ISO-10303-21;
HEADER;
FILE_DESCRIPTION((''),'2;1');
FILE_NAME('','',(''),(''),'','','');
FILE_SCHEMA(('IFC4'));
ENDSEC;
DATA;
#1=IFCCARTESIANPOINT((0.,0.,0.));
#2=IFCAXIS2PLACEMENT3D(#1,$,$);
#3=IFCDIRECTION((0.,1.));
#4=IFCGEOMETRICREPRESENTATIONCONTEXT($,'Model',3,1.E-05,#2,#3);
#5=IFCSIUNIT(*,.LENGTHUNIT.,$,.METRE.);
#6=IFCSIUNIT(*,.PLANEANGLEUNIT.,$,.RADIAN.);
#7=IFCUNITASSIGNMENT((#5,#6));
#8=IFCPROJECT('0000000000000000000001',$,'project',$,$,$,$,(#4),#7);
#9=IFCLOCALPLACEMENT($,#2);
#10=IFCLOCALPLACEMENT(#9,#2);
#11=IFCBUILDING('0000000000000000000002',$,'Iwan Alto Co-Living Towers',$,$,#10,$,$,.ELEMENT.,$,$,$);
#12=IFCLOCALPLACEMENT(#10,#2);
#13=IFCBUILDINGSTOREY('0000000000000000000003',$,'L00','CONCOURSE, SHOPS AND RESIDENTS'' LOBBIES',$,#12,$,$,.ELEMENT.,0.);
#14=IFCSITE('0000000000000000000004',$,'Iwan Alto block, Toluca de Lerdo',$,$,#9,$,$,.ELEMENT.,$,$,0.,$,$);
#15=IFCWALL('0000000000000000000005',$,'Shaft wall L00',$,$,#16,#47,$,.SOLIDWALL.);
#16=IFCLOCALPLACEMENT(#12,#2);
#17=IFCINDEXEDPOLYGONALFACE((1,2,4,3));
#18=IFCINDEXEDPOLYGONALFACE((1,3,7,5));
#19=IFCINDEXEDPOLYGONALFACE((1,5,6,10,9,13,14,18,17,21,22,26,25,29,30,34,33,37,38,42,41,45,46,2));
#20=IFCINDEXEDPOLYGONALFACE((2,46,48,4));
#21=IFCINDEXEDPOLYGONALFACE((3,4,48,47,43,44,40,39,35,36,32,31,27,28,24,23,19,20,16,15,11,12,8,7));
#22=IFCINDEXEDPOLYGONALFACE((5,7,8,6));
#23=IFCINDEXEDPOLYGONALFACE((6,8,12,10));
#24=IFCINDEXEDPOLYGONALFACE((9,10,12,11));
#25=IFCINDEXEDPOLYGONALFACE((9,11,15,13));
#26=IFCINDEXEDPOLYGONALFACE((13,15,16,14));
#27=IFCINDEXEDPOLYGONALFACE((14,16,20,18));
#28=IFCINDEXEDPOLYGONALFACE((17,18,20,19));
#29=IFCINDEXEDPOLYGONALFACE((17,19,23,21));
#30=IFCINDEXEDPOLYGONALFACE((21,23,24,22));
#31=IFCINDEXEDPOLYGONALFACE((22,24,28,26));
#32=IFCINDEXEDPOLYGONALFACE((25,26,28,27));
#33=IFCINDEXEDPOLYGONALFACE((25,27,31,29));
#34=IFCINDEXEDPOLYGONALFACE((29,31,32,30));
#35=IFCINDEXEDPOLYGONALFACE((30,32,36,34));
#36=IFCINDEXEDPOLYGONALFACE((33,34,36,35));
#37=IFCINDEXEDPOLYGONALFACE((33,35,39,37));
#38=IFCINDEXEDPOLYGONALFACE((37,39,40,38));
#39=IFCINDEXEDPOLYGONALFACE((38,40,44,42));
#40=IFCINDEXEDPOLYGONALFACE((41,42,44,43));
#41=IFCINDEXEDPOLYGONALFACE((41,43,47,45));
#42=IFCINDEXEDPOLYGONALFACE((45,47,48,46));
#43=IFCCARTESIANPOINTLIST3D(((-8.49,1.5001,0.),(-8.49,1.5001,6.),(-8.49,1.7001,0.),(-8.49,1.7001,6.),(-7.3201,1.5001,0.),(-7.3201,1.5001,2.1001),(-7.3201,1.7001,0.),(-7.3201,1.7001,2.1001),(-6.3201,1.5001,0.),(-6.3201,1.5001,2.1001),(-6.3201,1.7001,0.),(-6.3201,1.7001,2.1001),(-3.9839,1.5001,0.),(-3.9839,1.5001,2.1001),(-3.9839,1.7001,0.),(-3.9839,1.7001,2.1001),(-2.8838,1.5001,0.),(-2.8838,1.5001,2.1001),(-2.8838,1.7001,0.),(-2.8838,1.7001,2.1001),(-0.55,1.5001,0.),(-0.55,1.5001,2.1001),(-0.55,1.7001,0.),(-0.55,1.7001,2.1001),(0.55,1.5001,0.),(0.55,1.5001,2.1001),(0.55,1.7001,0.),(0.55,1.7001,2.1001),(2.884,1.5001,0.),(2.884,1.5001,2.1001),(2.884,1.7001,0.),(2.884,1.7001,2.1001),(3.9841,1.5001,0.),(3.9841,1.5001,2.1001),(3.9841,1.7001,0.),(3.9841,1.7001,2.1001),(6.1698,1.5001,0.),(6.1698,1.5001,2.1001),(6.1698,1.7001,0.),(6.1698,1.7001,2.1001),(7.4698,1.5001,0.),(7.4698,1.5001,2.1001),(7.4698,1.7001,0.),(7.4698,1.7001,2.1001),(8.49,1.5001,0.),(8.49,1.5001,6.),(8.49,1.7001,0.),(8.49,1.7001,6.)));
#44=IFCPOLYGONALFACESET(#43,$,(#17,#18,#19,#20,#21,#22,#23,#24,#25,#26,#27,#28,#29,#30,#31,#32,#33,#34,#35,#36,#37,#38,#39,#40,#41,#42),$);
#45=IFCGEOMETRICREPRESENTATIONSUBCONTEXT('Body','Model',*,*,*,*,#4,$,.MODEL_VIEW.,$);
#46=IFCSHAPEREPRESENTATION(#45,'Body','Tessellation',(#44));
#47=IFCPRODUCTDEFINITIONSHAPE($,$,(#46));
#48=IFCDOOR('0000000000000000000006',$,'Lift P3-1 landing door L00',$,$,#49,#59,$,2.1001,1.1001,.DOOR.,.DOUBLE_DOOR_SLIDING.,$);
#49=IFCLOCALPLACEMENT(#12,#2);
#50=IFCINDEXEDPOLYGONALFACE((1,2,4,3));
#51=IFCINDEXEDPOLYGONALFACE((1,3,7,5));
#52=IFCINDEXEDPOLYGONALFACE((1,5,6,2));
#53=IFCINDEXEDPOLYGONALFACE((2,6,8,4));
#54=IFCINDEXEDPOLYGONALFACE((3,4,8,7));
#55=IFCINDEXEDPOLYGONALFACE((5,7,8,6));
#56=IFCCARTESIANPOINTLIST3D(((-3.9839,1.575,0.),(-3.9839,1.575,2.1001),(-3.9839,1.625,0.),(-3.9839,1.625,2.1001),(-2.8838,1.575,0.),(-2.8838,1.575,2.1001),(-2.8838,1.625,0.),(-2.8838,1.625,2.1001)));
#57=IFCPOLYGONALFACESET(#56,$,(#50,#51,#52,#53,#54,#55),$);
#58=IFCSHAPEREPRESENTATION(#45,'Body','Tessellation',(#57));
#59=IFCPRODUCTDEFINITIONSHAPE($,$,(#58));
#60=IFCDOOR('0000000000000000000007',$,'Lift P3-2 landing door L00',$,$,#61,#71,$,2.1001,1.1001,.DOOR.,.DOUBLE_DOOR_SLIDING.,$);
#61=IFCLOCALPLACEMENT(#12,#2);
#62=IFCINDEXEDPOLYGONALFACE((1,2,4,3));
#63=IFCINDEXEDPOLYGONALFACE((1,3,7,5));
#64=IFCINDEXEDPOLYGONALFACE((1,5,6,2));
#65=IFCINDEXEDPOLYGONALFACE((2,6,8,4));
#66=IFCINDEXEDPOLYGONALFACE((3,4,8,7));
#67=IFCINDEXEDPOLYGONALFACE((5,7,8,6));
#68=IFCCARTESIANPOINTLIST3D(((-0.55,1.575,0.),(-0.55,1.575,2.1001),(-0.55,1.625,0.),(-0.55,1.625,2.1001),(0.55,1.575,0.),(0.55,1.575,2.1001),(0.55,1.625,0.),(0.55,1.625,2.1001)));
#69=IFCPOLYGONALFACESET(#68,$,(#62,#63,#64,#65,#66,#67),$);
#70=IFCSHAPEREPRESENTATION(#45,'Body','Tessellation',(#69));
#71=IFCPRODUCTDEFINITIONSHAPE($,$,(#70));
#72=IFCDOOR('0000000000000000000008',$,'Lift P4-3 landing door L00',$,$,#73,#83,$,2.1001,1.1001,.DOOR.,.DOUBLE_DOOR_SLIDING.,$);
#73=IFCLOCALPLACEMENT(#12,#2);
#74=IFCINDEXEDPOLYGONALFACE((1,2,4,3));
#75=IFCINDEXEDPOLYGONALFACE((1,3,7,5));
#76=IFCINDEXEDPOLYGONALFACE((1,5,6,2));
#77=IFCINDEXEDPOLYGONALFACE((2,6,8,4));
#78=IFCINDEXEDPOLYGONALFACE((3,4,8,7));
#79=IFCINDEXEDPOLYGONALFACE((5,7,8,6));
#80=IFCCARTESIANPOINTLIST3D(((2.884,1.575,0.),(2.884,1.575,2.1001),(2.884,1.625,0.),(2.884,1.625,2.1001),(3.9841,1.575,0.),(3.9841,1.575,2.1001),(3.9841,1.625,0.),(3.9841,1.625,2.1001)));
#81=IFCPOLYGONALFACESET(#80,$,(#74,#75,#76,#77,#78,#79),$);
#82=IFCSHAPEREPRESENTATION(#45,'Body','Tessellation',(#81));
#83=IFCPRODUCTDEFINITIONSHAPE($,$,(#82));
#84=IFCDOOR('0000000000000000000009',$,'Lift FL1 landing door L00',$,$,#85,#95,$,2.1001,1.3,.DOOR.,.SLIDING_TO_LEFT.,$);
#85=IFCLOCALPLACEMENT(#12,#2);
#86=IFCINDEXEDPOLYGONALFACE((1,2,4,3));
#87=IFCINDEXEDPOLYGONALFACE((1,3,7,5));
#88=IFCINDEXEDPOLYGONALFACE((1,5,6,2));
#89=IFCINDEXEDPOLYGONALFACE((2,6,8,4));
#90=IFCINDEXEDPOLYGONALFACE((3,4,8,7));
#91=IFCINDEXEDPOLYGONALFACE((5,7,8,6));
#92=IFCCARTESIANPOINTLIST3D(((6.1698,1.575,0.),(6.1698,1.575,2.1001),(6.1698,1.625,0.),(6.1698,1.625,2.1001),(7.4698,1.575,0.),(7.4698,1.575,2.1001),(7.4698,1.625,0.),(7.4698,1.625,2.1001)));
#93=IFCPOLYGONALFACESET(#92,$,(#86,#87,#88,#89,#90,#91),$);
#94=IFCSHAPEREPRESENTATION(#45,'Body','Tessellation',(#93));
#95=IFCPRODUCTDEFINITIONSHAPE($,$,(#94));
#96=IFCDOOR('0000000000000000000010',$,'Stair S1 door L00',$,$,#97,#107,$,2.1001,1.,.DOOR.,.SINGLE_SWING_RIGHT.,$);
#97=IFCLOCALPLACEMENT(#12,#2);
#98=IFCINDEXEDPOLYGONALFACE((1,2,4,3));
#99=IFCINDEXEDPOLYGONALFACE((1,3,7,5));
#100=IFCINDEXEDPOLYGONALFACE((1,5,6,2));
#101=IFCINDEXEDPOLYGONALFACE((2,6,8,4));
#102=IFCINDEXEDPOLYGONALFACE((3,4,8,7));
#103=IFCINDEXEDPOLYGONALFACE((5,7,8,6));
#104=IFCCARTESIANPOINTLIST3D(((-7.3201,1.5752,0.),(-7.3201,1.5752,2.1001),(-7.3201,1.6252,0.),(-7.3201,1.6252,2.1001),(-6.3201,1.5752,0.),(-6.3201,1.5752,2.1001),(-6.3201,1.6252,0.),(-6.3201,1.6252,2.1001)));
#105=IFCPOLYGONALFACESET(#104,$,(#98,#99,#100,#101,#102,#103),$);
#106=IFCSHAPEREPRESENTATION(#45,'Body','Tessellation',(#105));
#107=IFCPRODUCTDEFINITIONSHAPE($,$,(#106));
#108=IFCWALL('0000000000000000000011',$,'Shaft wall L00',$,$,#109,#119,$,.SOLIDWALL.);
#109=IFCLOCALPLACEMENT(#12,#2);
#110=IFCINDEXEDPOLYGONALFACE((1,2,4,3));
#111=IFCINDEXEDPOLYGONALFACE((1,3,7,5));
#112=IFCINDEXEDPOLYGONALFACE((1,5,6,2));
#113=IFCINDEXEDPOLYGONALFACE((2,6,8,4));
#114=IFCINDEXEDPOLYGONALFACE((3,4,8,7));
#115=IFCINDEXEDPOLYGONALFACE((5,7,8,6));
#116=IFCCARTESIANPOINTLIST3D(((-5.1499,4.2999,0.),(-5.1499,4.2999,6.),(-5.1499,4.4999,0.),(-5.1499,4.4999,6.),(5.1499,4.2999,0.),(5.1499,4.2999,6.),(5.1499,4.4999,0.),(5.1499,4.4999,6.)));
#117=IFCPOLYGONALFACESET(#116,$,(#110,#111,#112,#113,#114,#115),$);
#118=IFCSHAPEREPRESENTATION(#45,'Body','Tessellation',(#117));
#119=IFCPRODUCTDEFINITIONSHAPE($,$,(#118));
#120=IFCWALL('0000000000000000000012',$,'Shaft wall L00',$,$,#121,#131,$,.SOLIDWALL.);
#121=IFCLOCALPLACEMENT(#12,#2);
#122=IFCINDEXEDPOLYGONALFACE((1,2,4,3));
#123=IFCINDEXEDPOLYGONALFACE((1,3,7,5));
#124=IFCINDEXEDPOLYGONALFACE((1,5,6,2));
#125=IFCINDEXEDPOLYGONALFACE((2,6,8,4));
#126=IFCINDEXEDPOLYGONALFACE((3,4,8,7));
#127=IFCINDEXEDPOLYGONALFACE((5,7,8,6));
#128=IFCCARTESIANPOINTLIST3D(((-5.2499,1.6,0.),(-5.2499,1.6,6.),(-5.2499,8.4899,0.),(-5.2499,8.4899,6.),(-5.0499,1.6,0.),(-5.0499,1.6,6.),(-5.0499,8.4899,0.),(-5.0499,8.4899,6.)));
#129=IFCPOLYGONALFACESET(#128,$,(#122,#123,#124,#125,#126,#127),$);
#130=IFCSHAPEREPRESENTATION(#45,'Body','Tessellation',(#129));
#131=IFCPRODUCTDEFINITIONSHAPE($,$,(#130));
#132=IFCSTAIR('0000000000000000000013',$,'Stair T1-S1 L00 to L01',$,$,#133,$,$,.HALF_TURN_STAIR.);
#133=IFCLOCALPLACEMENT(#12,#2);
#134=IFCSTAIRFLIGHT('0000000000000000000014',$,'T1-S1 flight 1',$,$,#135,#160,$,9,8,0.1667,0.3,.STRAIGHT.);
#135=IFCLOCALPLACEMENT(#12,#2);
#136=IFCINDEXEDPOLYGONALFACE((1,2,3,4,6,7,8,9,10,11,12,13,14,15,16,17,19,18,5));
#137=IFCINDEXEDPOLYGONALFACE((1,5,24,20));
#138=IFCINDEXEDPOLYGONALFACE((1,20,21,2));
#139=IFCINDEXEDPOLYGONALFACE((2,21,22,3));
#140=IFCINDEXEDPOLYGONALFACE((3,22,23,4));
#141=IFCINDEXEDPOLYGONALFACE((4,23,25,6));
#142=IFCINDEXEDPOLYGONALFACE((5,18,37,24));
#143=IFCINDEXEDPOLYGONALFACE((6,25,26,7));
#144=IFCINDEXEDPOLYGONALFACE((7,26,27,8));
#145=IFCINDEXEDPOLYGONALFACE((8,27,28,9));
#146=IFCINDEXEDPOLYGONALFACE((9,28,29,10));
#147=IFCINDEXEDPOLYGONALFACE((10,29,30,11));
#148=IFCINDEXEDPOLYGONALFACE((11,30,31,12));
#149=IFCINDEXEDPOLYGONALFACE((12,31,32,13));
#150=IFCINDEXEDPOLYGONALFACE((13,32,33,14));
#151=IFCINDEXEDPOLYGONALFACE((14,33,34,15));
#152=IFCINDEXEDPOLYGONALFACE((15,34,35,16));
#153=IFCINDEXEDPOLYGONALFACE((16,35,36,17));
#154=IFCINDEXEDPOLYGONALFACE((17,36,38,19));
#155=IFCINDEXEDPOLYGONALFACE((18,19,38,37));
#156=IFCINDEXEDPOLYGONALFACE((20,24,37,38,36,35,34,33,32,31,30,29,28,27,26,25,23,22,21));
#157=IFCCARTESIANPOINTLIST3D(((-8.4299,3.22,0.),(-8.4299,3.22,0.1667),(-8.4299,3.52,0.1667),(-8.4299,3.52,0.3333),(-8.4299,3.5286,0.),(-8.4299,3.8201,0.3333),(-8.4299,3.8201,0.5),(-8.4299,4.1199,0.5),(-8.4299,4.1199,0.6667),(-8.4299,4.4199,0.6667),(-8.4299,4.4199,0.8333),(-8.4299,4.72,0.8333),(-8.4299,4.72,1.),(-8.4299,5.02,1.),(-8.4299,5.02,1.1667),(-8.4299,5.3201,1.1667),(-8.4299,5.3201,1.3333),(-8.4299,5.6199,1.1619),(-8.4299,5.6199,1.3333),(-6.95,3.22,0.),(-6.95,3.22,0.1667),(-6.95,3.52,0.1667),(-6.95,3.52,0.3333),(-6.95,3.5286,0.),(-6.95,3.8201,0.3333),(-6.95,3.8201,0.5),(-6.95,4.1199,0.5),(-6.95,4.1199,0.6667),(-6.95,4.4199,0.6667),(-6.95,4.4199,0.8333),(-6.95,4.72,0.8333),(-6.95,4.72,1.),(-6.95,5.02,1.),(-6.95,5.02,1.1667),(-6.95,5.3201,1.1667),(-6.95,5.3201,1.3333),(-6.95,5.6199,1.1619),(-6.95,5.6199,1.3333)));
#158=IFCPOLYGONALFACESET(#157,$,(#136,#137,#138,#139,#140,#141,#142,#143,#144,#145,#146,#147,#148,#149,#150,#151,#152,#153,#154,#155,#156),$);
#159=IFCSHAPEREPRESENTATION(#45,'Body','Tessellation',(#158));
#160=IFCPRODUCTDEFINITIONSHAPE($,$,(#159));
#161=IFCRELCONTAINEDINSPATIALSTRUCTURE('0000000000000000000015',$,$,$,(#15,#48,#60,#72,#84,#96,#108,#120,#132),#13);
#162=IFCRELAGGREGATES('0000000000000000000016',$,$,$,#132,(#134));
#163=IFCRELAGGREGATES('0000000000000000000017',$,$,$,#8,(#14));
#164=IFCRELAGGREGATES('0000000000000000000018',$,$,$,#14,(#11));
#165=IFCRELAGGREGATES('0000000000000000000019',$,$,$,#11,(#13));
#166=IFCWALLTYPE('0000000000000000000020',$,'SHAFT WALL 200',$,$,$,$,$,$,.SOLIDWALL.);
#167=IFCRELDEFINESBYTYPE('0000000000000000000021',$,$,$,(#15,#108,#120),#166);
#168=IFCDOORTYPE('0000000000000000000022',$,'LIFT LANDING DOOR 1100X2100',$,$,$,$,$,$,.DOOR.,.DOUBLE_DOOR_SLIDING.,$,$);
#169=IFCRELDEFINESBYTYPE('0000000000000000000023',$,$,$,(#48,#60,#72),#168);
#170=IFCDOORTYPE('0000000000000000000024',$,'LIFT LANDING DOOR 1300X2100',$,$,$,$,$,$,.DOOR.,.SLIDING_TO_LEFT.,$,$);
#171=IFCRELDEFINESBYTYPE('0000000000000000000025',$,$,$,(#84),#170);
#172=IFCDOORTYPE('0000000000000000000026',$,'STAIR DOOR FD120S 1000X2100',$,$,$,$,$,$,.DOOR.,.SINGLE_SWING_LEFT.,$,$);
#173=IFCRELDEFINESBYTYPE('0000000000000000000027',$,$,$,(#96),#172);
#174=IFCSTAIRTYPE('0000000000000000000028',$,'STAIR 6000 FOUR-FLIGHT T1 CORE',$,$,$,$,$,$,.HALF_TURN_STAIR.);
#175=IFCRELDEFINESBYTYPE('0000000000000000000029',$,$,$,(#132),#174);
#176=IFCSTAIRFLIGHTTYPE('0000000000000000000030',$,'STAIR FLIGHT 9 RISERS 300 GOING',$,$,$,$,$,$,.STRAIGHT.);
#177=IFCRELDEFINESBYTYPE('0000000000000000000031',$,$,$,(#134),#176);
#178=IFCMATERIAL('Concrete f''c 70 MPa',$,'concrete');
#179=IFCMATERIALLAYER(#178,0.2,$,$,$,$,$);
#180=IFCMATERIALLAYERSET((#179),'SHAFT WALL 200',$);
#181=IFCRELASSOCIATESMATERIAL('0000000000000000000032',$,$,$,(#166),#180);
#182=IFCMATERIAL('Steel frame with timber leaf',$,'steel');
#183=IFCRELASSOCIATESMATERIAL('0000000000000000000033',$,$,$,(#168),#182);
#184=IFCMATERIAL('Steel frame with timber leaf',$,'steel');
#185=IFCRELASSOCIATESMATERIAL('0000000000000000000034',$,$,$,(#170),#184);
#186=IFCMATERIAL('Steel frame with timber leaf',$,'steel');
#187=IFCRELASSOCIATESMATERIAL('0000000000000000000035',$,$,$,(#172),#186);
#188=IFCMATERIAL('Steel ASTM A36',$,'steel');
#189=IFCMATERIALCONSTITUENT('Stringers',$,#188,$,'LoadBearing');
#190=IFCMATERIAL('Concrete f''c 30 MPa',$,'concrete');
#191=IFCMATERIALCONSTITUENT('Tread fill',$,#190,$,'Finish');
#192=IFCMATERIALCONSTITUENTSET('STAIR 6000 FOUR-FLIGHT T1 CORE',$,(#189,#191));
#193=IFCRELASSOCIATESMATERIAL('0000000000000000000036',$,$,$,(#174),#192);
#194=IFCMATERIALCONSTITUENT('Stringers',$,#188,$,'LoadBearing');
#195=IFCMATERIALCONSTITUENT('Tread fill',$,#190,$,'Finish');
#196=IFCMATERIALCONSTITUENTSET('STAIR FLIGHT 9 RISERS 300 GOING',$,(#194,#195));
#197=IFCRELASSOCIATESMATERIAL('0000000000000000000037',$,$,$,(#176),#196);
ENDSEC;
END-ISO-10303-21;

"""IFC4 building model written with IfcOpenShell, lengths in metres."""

from ifc_helpers import new_model, si_unit, direction, frame, frame_2d, origin, place, context, subcontext, project, spatial, polyline, rectangle, outline, extrude, material, layer, layer_set, constituent, constituent_set, type_object, element, fill, aggregate, save


model = new_model("IFC4")

# Units and contexts
model_context = context("Model", 3, precision=1e-05, world=origin(), true_north=direction((0.0, 1.0)))
body_context = subcontext(model_context, "Body", "Model", "MODEL_VIEW")
ifc_project = project(units=[si_unit("LENGTHUNIT", "METRE"), si_unit("PLANEANGLEUNIT", "RADIAN")], contexts=[model_context])

# Site, building, storey
site_placement = place(None, origin())
site = spatial("IfcSite", under=ifc_project, at=site_placement, Name="Iwan Alto block, Toluca de Lerdo", CompositionType="ELEMENT", RefElevation=0.0)
building_placement = place(site_placement, origin())
building = spatial("IfcBuilding", under=site, at=building_placement, Name="Iwan Alto Co-Living Towers", CompositionType="ELEMENT")
storey_placement = place(building_placement, origin())
storey = spatial("IfcBuildingStorey", under=building, at=storey_placement, Name="L00", Description="CONCOURSE, SHOPS AND RESIDENTS' LOBBIES", CompositionType="ELEMENT", Elevation=0.0)

# Wall, openings, doors
ifc_material_1 = material(Name="Concrete f'c 70 MPa", Category="concrete")
ifc_layer = layer(ifc_material_1, 0.2)
ifc_layer_set = layer_set([ifc_layer], Name="SHAFT WALL 200")
wall_type = type_object("IfcWallType", Name="SHAFT WALL 200", PredefinedType="SOLIDWALL", material=ifc_layer_set)
wall_1_placement = place(storey_placement, frame((-8.49, 1.6001, 0.0), z_axis=(0.0, 0.0, 1.0), x_axis=(1.0, 0.0, 0.0)))
wall_1 = element("IfcWall", 1, at=wall_1_placement, inside=storey, type_object=wall_type, Name="Shaft wall L00", PredefinedType="SOLIDWALL", context=body_context, shape_type="SweptSolid", body=[
    extrude(rectangle(XDim=16.98, YDim=0.2, at=frame_2d((8.49, 0.0))), origin(), (0.0, 0.0, 1.0), 6.0),
])
opening_1_placement = place(wall_1_placement, frame((1.1699, 0.0, 0.0)))
opening_1 = element("IfcOpeningElement", 2, at=opening_1_placement, cuts=wall_1, PredefinedType="OPENING", context=body_context, shape_type="SweptSolid", body=[
    extrude(rectangle(XDim=1.0, YDim=2.1001, at=frame_2d((0.5, 1.05))), frame((0.0, 0.1099, 0.0), z_axis=(0.0, -1.0, 0.0), x_axis=(1.0, 0.0, 0.0)), (0.0, 0.0, 1.0), 0.22),
])
opening_2_placement = place(wall_1_placement, frame((4.5061, 0.0, 0.0)))
opening_2 = element("IfcOpeningElement", 3, at=opening_2_placement, cuts=wall_1, PredefinedType="OPENING", context=body_context, shape_type="SweptSolid", body=[
    extrude(rectangle(XDim=1.1001, YDim=2.1001, at=frame_2d((0.55, 1.05))), frame((0.0, 0.1099, 0.0), z_axis=(0.0, -1.0, 0.0), x_axis=(1.0, 0.0, 0.0)), (0.0, 0.0, 1.0), 0.22),
])
opening_3_placement = place(wall_1_placement, frame((7.9399, 0.0, 0.0)))
opening_3 = element("IfcOpeningElement", 4, at=opening_3_placement, cuts=wall_1, PredefinedType="OPENING", context=body_context, shape_type="SweptSolid", body=[
    extrude(rectangle(XDim=1.1001, YDim=2.1001, at=frame_2d((0.55, 1.05))), frame((0.0, 0.1099, 0.0), z_axis=(0.0, -1.0, 0.0), x_axis=(1.0, 0.0, 0.0)), (0.0, 0.0, 1.0), 0.22),
])
opening_4_placement = place(wall_1_placement, frame((11.374, 0.0, 0.0)))
opening_4 = element("IfcOpeningElement", 5, at=opening_4_placement, cuts=wall_1, PredefinedType="OPENING", context=body_context, shape_type="SweptSolid", body=[
    extrude(rectangle(XDim=1.1001, YDim=2.1001, at=frame_2d((0.55, 1.05))), frame((0.0, 0.1099, 0.0), z_axis=(0.0, -1.0, 0.0), x_axis=(1.0, 0.0, 0.0)), (0.0, 0.0, 1.0), 0.22),
])
opening_5_placement = place(wall_1_placement, frame((14.6599, 0.0, 0.0)))
opening_5 = element("IfcOpeningElement", 6, at=opening_5_placement, cuts=wall_1, PredefinedType="OPENING", context=body_context, shape_type="SweptSolid", body=[
    extrude(rectangle(XDim=1.3, YDim=2.1001, at=frame_2d((0.6499, 1.05))), frame((0.0, 0.1099, 0.0), z_axis=(0.0, -1.0, 0.0), x_axis=(1.0, 0.0, 0.0)), (0.0, 0.0, 1.0), 0.22),
])
ifc_material_2 = material(Name="Steel frame with timber leaf", Category="steel")
door_type_1 = type_object("IfcDoorType", Name="LIFT LANDING DOOR 1100X2100", OperationType="DOUBLE_DOOR_SLIDING", PredefinedType="DOOR", material=ifc_material_2)
door_1_placement = place(opening_2_placement, origin())
door_1 = element("IfcDoor", 7, at=door_1_placement, inside=storey, type_object=door_type_1, Name="Lift P3-1 landing door L00", OperationType="DOUBLE_DOOR_SLIDING", OverallHeight=2.1001, OverallWidth=1.1001, PredefinedType="DOOR", context=body_context, shape_type="SweptSolid", body=[
    extrude(rectangle(XDim=1.1001, YDim=2.1001, at=frame_2d((0.55, 1.05))), frame((0.0, 0.0249, 0.0), z_axis=(0.0, -1.0, 0.0), x_axis=(1.0, 0.0, 0.0)), (0.0, 0.0, 1.0), 0.05),
])
fill(opening_2, door_1)
door_2_placement = place(opening_3_placement, origin())
door_2 = element("IfcDoor", 8, at=door_2_placement, inside=storey, type_object=door_type_1, Name="Lift P3-2 landing door L00", OperationType="DOUBLE_DOOR_SLIDING", OverallHeight=2.1001, OverallWidth=1.1001, PredefinedType="DOOR", context=body_context, shape_type="SweptSolid", body=[
    extrude(rectangle(XDim=1.1001, YDim=2.1001, at=frame_2d((0.55, 1.05))), frame((0.0, 0.0249, 0.0), z_axis=(0.0, -1.0, 0.0), x_axis=(1.0, 0.0, 0.0)), (0.0, 0.0, 1.0), 0.05),
])
fill(opening_3, door_2)
door_3_placement = place(opening_4_placement, origin())
door_3 = element("IfcDoor", 9, at=door_3_placement, inside=storey, type_object=door_type_1, Name="Lift P4-3 landing door L00", OperationType="DOUBLE_DOOR_SLIDING", OverallHeight=2.1001, OverallWidth=1.1001, PredefinedType="DOOR", context=body_context, shape_type="SweptSolid", body=[
    extrude(rectangle(XDim=1.1001, YDim=2.1001, at=frame_2d((0.55, 1.05))), frame((0.0, 0.0249, 0.0), z_axis=(0.0, -1.0, 0.0), x_axis=(1.0, 0.0, 0.0)), (0.0, 0.0, 1.0), 0.05),
])
fill(opening_4, door_3)
ifc_material_3 = material(Name="Steel frame with timber leaf", Category="steel")
door_type_2 = type_object("IfcDoorType", Name="LIFT LANDING DOOR 1300X2100", OperationType="SLIDING_TO_LEFT", PredefinedType="DOOR", material=ifc_material_3)
door_4_placement = place(opening_5_placement, origin())
door_4 = element("IfcDoor", 10, at=door_4_placement, inside=storey, type_object=door_type_2, Name="Lift FL1 landing door L00", OperationType="SLIDING_TO_LEFT", OverallHeight=2.1001, OverallWidth=1.3, PredefinedType="DOOR", context=body_context, shape_type="SweptSolid", body=[
    extrude(rectangle(XDim=1.3, YDim=2.1001, at=frame_2d((0.6499, 1.05))), frame((0.0, 0.0249, 0.0), z_axis=(0.0, -1.0, 0.0), x_axis=(1.0, 0.0, 0.0)), (0.0, 0.0, 1.0), 0.05),
])
fill(opening_5, door_4)
ifc_material_4 = material(Name="Steel frame with timber leaf", Category="steel")
door_type_3 = type_object("IfcDoorType", Name="STAIR DOOR FD120S 1000X2100", OperationType="SINGLE_SWING_LEFT", PredefinedType="DOOR", material=ifc_material_4)
door_5_placement = place(opening_1_placement, frame((1.0, 0.0, 0.0), z_axis=(0.0, 0.0, 1.0), x_axis=(-1.0, 0.0, 0.0)))
door_5 = element("IfcDoor", 11, at=door_5_placement, inside=storey, type_object=door_type_3, Name="Stair S1 door L00", OperationType="SINGLE_SWING_RIGHT", OverallHeight=2.1001, OverallWidth=1.0, PredefinedType="DOOR", context=body_context, shape_type="SweptSolid", body=[
    extrude(rectangle(XDim=1.0, YDim=2.1001, at=frame_2d((0.5, 1.05))), frame((0.0, 0.0249, 0.0), z_axis=(0.0, -1.0, 0.0), x_axis=(1.0, 0.0, 0.0)), (0.0, 0.0, 1.0), 0.05),
])
fill(opening_1, door_5)

# Walls
wall_2_placement = place(storey_placement, frame((-5.1499, 4.3999, 0.0), z_axis=(0.0, 0.0, 1.0), x_axis=(1.0, 0.0, 0.0)))
element("IfcWall", 12, at=wall_2_placement, inside=storey, type_object=wall_type, Name="Shaft wall L00", PredefinedType="SOLIDWALL", context=body_context, shape_type="SweptSolid", body=[
    extrude(rectangle(XDim=10.2998, YDim=0.2, at=frame_2d((5.1499, 0.0))), origin(), (0.0, 0.0, 1.0), 6.0),
])
wall_3_placement = place(storey_placement, frame((-5.1499, 1.6001, 0.0), z_axis=(0.0, 0.0, 1.0), x_axis=(0.0, 1.0, 0.0)))
element("IfcWall", 13, at=wall_3_placement, inside=storey, type_object=wall_type, Name="Shaft wall L00", PredefinedType="SOLIDWALL", context=body_context, shape_type="SweptSolid", body=[
    extrude(rectangle(XDim=6.8899, YDim=0.2, at=frame_2d((3.4448, 0.0))), origin(), (0.0, 0.0, 1.0), 6.0),
])

# Stair, stair flight
ifc_material_5 = material(Name="Steel ASTM A36", Category="steel")
ifc_constituent_1 = constituent(ifc_material_5, Name="Stringers", Category="LoadBearing")
ifc_material_6 = material(Name="Concrete f'c 30 MPa", Category="concrete")
ifc_constituent_2 = constituent(ifc_material_6, Name="Tread fill", Category="Finish")
ifc_constituent_set_1 = constituent_set(constituents=[ifc_constituent_1, ifc_constituent_2], Name="STAIR 6000 FOUR-FLIGHT T1 CORE")
stair_type = type_object("IfcStairType", Name="STAIR 6000 FOUR-FLIGHT T1 CORE", PredefinedType="HALF_TURN_STAIR", material=ifc_constituent_set_1)
stair_placement = place(storey_placement, origin())
stair = element("IfcStair", 14, at=stair_placement, inside=storey, type_object=stair_type, Name="Stair T1-S1 L00 to L01", PredefinedType="HALF_TURN_STAIR")
ifc_constituent_3 = constituent(ifc_material_5, Name="Stringers", Category="LoadBearing")
ifc_constituent_4 = constituent(ifc_material_6, Name="Tread fill", Category="Finish")
ifc_constituent_set_2 = constituent_set(constituents=[ifc_constituent_3, ifc_constituent_4], Name="STAIR FLIGHT 9 RISERS 300 GOING")
stair_flight_type = type_object("IfcStairFlightType", Name="STAIR FLIGHT 9 RISERS 300 GOING", PredefinedType="STRAIGHT", material=ifc_constituent_set_2)
stair_flight_1_placement = place(storey_placement, frame((-7.6899, 3.22, 0.0), z_axis=(0.0, 0.0, 1.0), x_axis=(0.0, 1.0, 0.0)))
stair_flight_1 = element("IfcStairFlight", 15, at=stair_flight_1_placement, type_object=stair_flight_type, Name="T1-S1 flight 1", NumberOfRisers=9, NumberOfTreads=8, PredefinedType="STRAIGHT", RiserHeight=0.1667, TreadLength=0.3, context=body_context, shape_type="SweptSolid", body=[
    extrude(outline(polyline([(0.0, 0.0), (0.0, 0.1667), (0.3, 0.1667), (0.3, 0.3333), (0.6001, 0.3333), (0.6001, 0.5), (0.8999, 0.5), (0.8999, 0.6667), (1.2, 0.6667), (1.2, 0.8333), (1.5, 0.8333), (1.5, 1.0), (1.8, 1.0), (1.8, 1.1667), (2.1001, 1.1667), (2.1001, 1.3333), (2.3999, 1.3333), (2.3999, 1.5), (2.3999, 1.1619), (0.3086, 0.0), (0.0, 0.0)])), frame((0.0, 0.74, 0.0), z_axis=(0.0, -1.0, 0.0), x_axis=(1.0, 0.0, 0.0)), (0.0, 0.0, 1.0), 1.48),
])
aggregate(stair, [stair_flight_1])

save(model, "model.ifc")
